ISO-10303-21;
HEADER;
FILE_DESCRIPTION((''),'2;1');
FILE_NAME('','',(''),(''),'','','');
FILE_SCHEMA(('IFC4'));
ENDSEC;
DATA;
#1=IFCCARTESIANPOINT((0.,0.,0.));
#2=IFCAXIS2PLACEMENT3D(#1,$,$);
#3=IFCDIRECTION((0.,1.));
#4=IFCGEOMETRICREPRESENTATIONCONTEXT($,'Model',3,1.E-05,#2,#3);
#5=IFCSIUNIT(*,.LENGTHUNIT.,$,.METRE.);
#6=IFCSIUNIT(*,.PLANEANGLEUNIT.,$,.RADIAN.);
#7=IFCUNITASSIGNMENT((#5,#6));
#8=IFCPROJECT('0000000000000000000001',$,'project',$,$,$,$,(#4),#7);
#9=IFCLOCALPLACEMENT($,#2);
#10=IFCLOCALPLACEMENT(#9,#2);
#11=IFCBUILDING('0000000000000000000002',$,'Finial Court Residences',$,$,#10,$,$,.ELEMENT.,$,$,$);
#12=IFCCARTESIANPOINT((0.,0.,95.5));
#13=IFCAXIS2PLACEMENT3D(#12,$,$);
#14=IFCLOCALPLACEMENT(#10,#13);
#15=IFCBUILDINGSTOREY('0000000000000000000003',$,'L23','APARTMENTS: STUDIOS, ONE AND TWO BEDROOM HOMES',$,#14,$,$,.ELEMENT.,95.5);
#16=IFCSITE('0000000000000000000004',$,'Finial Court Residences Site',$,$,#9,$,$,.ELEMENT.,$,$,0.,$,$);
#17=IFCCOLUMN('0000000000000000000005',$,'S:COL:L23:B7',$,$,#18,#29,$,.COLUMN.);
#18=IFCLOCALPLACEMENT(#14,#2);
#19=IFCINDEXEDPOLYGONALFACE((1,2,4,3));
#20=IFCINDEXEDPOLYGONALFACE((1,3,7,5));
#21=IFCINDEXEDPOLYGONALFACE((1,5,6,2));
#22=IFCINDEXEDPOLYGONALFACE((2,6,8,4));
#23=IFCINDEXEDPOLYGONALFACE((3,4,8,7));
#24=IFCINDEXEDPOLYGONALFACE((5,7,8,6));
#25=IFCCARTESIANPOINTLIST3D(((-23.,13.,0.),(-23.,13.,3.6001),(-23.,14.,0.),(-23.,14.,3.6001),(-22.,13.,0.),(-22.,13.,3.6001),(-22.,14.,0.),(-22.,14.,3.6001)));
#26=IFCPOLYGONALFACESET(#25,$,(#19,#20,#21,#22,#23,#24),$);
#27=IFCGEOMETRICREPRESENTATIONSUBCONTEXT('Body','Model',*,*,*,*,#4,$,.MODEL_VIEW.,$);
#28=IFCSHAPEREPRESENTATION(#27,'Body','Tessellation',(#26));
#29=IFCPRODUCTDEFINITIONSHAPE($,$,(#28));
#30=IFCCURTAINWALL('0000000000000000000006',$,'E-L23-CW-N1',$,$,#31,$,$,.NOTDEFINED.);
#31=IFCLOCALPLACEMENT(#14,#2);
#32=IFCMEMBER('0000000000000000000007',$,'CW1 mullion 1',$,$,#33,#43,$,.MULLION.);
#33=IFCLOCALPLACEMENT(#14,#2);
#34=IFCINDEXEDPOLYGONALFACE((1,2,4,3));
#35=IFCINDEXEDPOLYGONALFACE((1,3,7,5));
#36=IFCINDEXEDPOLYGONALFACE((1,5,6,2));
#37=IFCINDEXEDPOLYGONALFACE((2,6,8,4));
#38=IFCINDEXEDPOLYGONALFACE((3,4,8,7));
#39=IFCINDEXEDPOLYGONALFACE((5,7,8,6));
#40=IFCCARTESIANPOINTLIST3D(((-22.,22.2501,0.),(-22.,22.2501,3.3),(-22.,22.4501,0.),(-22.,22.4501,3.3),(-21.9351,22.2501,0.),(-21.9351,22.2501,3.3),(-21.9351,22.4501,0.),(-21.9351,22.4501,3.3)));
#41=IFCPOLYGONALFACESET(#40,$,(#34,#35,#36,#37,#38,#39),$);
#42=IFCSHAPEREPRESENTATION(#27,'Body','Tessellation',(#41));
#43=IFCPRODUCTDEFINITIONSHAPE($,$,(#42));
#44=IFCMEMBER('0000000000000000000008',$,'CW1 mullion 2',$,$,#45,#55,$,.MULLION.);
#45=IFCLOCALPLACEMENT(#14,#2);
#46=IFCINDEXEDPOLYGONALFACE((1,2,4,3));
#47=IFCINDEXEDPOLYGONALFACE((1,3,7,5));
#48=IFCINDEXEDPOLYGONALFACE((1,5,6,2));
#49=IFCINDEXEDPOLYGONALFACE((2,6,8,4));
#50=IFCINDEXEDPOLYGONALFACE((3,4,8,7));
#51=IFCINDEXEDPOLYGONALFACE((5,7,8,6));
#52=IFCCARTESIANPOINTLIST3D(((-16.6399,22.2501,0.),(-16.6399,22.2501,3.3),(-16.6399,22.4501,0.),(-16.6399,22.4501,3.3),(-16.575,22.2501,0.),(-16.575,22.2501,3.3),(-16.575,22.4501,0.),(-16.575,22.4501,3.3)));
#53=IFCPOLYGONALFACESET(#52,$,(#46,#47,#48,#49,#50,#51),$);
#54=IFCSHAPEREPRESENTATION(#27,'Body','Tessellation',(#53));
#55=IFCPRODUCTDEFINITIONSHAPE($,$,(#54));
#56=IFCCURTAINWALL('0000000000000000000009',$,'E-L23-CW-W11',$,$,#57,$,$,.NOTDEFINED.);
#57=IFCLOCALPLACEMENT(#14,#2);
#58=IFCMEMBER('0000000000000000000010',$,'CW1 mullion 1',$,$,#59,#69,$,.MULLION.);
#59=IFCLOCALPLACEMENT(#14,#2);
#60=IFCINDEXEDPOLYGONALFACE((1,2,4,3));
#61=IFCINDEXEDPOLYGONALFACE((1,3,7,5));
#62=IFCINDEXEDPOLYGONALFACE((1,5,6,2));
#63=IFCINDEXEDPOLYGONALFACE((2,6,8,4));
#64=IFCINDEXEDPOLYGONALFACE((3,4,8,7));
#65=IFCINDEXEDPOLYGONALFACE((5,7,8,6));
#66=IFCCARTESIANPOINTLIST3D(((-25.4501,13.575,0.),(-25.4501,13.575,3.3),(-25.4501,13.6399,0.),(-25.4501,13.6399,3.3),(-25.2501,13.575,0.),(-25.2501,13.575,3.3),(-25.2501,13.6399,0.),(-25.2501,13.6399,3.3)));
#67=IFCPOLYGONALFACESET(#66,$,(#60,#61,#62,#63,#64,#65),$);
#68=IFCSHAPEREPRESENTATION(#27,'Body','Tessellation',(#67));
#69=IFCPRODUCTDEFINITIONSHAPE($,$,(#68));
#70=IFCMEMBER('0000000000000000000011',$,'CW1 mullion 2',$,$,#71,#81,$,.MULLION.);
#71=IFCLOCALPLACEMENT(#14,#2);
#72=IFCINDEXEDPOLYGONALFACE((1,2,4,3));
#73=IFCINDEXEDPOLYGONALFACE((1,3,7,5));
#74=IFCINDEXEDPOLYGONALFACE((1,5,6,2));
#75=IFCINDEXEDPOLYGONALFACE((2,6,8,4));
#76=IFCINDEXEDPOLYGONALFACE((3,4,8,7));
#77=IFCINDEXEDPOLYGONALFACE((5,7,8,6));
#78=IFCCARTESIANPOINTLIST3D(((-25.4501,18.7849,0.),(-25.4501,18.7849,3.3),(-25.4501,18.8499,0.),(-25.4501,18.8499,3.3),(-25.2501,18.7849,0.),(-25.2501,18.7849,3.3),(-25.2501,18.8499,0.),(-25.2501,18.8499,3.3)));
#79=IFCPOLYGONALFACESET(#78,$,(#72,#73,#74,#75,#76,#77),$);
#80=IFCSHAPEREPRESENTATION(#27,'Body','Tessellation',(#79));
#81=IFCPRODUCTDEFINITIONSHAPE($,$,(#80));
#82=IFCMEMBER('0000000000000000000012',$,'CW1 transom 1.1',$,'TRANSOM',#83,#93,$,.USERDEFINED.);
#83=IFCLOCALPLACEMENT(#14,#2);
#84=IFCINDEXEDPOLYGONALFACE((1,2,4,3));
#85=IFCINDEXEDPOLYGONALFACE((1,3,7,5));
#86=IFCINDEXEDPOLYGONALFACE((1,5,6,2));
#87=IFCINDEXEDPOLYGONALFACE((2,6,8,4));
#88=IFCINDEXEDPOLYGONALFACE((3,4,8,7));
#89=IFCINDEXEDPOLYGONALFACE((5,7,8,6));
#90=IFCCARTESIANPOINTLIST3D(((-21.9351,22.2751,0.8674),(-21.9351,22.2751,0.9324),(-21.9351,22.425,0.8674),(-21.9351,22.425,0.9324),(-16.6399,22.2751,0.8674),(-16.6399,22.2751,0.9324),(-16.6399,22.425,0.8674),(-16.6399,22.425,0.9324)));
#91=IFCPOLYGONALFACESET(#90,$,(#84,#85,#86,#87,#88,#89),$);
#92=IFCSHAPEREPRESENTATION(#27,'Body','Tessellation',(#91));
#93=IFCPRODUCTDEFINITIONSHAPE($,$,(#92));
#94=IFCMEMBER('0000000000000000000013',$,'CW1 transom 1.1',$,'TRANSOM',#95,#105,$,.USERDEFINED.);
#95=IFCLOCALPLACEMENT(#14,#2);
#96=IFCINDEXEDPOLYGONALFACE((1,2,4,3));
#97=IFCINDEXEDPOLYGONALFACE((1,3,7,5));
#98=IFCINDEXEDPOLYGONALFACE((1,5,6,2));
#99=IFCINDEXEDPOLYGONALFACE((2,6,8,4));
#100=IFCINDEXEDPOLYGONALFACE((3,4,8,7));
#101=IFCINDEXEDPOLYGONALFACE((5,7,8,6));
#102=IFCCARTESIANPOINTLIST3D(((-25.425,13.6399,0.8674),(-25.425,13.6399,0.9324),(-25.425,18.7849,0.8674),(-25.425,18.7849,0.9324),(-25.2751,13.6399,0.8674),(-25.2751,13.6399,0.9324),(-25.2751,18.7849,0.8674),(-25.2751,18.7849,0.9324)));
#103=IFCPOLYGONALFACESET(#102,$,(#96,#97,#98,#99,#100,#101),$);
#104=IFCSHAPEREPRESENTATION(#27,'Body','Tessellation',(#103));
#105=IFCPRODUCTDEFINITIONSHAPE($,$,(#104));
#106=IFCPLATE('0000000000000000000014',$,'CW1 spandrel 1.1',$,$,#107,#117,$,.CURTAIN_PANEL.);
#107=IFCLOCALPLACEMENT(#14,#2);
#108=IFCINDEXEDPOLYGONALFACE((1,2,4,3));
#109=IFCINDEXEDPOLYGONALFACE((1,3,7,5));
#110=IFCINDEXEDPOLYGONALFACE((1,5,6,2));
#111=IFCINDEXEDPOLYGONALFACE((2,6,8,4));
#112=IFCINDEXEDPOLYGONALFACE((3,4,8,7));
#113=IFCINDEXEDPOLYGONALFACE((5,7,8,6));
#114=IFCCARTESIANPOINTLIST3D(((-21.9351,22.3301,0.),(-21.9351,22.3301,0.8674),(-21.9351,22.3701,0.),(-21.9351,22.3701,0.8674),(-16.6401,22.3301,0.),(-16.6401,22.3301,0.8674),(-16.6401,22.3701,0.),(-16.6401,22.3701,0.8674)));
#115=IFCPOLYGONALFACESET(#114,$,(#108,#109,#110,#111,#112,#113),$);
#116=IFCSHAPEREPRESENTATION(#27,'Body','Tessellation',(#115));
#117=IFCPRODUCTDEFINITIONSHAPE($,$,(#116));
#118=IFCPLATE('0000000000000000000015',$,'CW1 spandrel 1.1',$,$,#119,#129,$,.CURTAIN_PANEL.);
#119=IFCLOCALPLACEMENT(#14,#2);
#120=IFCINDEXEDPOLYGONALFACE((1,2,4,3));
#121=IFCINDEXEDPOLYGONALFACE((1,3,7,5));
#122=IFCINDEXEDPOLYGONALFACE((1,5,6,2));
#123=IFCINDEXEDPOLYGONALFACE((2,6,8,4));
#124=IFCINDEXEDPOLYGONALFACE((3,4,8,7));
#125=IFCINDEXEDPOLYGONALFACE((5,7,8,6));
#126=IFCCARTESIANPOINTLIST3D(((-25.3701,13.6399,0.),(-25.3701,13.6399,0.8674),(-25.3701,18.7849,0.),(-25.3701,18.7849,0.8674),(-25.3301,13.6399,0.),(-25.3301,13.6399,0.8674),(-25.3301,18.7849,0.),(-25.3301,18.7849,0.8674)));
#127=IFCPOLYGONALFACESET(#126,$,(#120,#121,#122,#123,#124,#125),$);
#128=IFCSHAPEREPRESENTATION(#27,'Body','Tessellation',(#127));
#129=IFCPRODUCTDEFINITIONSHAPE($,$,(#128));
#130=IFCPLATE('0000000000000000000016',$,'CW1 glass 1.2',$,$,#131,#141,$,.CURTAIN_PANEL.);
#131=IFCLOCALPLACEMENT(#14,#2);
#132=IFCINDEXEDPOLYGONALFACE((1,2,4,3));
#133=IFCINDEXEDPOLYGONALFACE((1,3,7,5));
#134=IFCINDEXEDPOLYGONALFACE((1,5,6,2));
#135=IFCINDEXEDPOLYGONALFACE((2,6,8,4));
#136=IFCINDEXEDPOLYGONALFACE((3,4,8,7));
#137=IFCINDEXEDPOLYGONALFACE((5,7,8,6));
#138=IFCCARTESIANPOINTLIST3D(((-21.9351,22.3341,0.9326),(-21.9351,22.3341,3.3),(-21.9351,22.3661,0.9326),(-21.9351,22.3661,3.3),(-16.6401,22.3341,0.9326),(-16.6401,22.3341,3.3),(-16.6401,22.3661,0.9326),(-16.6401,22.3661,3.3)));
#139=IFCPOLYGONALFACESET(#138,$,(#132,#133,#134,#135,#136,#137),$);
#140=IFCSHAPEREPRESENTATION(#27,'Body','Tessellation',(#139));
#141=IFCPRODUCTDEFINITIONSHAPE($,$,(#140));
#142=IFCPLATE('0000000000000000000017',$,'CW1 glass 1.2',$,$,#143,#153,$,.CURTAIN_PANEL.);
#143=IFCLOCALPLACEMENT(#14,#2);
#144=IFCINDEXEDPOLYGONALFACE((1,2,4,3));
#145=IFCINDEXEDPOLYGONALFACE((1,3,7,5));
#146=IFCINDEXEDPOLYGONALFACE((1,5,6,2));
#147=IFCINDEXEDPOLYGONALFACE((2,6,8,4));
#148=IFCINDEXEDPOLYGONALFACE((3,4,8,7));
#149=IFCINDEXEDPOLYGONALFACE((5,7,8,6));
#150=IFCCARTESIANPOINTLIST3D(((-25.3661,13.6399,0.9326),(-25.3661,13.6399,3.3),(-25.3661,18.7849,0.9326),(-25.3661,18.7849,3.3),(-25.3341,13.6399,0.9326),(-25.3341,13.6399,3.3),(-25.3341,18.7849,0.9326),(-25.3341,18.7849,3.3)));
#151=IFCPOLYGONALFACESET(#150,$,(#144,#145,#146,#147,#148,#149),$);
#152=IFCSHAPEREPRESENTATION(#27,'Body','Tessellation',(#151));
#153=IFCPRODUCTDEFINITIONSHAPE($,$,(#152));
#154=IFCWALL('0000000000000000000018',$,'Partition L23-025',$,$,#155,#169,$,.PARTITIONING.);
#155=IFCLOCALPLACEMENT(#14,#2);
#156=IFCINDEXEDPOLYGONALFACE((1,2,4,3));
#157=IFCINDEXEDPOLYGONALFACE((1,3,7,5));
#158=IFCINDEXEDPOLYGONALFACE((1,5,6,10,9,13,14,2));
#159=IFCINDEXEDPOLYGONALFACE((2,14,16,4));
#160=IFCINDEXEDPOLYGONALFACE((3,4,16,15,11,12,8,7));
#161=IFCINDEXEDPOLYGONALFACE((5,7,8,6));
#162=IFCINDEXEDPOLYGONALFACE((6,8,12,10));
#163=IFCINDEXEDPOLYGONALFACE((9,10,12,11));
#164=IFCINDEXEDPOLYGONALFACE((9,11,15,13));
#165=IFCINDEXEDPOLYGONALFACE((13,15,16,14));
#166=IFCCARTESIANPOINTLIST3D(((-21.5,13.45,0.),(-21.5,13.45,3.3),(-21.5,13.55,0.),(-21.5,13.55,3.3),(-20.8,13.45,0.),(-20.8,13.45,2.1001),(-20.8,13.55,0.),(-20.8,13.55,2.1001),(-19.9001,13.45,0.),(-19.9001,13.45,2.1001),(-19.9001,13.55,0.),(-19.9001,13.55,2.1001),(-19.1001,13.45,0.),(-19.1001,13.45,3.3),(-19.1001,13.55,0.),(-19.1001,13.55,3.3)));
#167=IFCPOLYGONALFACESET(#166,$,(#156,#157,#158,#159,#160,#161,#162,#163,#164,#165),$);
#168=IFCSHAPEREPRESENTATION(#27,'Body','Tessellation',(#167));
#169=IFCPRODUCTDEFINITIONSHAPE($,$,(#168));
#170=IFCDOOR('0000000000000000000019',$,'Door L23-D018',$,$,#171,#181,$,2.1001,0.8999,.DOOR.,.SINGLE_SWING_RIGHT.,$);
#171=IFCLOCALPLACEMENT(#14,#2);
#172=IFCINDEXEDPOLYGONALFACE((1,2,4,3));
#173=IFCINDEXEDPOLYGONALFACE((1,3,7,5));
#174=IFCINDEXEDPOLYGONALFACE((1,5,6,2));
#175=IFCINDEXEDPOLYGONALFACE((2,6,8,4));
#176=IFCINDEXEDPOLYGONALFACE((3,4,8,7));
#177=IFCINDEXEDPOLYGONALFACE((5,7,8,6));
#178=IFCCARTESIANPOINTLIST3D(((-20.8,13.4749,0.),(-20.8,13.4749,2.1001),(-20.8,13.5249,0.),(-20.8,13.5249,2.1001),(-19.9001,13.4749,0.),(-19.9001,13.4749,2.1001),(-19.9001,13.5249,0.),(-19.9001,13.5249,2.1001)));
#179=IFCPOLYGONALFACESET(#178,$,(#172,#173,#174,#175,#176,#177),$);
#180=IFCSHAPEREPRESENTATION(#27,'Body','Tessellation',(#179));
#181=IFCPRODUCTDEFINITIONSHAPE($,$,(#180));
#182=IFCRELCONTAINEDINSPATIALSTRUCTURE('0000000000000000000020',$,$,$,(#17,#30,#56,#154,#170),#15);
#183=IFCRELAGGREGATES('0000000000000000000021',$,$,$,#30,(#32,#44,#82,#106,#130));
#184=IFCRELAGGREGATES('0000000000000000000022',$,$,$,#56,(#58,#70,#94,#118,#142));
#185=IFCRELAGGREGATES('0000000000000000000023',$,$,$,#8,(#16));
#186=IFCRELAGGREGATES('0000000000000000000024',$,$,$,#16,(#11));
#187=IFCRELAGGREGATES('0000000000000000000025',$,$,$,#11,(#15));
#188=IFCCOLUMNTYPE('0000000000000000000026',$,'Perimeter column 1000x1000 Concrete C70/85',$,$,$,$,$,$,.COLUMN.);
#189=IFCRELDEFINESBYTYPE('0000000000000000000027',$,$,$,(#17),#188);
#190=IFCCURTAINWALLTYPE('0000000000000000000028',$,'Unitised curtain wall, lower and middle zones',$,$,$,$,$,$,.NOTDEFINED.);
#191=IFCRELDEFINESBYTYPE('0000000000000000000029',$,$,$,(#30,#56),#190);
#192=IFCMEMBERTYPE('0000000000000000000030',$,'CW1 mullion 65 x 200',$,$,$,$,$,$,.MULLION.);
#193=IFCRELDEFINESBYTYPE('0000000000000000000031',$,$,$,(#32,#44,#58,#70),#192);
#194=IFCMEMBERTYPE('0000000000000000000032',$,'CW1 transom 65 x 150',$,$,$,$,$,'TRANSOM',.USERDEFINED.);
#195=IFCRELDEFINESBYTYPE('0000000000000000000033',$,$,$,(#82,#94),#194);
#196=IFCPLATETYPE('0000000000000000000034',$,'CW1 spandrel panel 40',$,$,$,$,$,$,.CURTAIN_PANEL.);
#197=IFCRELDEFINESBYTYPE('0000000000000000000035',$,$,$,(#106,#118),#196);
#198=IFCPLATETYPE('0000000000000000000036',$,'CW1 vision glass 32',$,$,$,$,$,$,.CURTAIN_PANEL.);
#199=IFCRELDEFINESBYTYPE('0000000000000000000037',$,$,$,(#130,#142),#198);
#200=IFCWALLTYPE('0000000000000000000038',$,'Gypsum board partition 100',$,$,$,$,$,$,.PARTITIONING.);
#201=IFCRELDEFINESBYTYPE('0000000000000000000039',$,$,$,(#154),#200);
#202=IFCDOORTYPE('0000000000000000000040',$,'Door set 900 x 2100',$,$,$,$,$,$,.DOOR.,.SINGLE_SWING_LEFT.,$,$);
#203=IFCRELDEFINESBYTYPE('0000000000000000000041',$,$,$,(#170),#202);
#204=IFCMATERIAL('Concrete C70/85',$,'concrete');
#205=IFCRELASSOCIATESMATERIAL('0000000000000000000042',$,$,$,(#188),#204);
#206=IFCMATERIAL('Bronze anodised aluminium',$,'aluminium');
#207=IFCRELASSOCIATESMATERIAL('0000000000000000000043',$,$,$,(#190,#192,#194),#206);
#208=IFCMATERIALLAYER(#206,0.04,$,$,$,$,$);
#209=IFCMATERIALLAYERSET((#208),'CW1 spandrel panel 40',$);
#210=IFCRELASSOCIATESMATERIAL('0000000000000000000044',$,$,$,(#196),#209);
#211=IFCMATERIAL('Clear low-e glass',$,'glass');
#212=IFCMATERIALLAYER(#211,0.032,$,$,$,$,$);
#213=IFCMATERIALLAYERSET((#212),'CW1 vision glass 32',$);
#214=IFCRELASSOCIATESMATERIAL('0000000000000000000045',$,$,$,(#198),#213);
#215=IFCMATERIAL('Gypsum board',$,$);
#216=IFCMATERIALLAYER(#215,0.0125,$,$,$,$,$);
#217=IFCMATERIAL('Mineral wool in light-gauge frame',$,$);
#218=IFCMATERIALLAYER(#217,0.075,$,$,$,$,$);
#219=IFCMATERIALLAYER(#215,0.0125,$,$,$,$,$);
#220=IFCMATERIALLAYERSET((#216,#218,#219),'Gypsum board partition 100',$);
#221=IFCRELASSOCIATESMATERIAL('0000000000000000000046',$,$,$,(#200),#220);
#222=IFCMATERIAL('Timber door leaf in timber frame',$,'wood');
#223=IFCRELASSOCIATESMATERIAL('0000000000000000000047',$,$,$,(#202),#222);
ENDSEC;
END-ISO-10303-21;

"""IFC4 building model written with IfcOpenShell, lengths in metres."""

from ifc_helpers import new_model, si_unit, direction, frame, frame_2d, origin, origin_2d, place, context, subcontext, project, spatial, rectangle, extrude, material, layer, layer_set, material_profile, profile_set, type_object, element, fill, aggregate, save


model = new_model("IFC4")

# Units and contexts
model_context = context("Model", 3, precision=1e-05, world=origin(), true_north=direction((0.0, 1.0)))
body_context = subcontext(model_context, "Body", "Model", "MODEL_VIEW")
ifc_project = project(units=[si_unit("LENGTHUNIT", "METRE"), si_unit("PLANEANGLEUNIT", "RADIAN")], contexts=[model_context])

# Site, building, storey
site_placement = place(None, origin())
site = spatial("IfcSite", under=ifc_project, at=site_placement, Name="Finial Court Residences Site", CompositionType="ELEMENT", RefElevation=0.0)
building_placement = place(site_placement, origin())
building = spatial("IfcBuilding", under=site, at=building_placement, Name="Finial Court Residences", CompositionType="ELEMENT")
storey_placement = place(building_placement, frame((0.0, 0.0, 95.5)))
storey = spatial("IfcBuildingStorey", under=building, at=storey_placement, Name="L23", Description="APARTMENTS: STUDIOS, ONE AND TWO BEDROOM HOMES", CompositionType="ELEMENT", Elevation=95.5)

# Column
ifc_material_1 = material(Name="Concrete C70/85", Category="concrete")
ifc_material_profile_1 = material_profile(ifc_material_1, rectangle(XDim=1.0, YDim=1.0, at=origin_2d()), Name="1000x1000")
ifc_profile_set_1 = profile_set([ifc_material_profile_1], Name="Concrete C70/85")
column_type = type_object("IfcColumnType", Name="Perimeter column 1000x1000 Concrete C70/85", PredefinedType="COLUMN", material=ifc_profile_set_1)
column_placement = place(storey_placement, frame((-22.5, 13.5, 0.0), z_axis=(0.0, 0.0, 1.0), x_axis=(1.0, 0.0, 0.0)))
element("IfcColumn", 1, at=column_placement, inside=storey, type_object=column_type, Name="S:COL:L23:B7", PredefinedType="COLUMN", context=body_context, shape_type="SweptSolid", body=[
    extrude(rectangle(XDim=1.0, YDim=1.0, at=origin_2d()), origin(), (0.0, 0.0, 1.0), 3.6001),
])

# Curtain walls, members
ifc_material_2 = material(Name="Bronze anodised aluminium", Category="aluminium")
curtain_wall_type = type_object("IfcCurtainWallType", Name="Unitised curtain wall, lower and middle zones", PredefinedType="NOTDEFINED", material=ifc_material_2)
curtain_wall_1_placement = place(storey_placement, origin())
curtain_wall_1 = element("IfcCurtainWall", 2, at=curtain_wall_1_placement, inside=storey, type_object=curtain_wall_type, Name="E-L23-CW-N1", PredefinedType="NOTDEFINED")
ifc_material_profile_2 = material_profile(ifc_material_2, rectangle(XDim=0.2, YDim=0.0649, at=origin_2d()), Name="CW1 mullion 65 x 200")
ifc_profile_set_2 = profile_set([ifc_material_profile_2], Name="Bronze anodised aluminium")
member_type_1 = type_object("IfcMemberType", Name="CW1 mullion 65 x 200", PredefinedType="MULLION", material=ifc_profile_set_2)
member_1_placement = place(storey_placement, frame((-21.9675, 22.3501, 0.0), z_axis=(0.0, 0.0, 1.0), x_axis=(0.0, 1.0, 0.0)))
member_1 = element("IfcMember", 3, at=member_1_placement, type_object=member_type_1, Name="CW1 mullion 1", PredefinedType="MULLION", context=body_context, shape_type="SweptSolid", body=[
    extrude(rectangle(XDim=0.2, YDim=0.0649, at=origin_2d()), origin(), (0.0, 0.0, 1.0), 3.3),
])
member_2_placement = place(storey_placement, frame((-16.6074, 22.3501, 0.0), z_axis=(0.0, 0.0, 1.0), x_axis=(0.0, 1.0, 0.0)))
member_2 = element("IfcMember", 4, at=member_2_placement, type_object=member_type_1, Name="CW1 mullion 2", PredefinedType="MULLION", context=body_context, shape_type="SweptSolid", body=[
    extrude(rectangle(XDim=0.2, YDim=0.0649, at=origin_2d()), origin(), (0.0, 0.0, 1.0), 3.3),
])
curtain_wall_2_placement = place(storey_placement, origin())
curtain_wall_2 = element("IfcCurtainWall", 5, at=curtain_wall_2_placement, inside=storey, type_object=curtain_wall_type, Name="E-L23-CW-W11", PredefinedType="NOTDEFINED")
member_3_placement = place(storey_placement, frame((-25.3501, 13.6074, 0.0), z_axis=(0.0, 0.0, 1.0), x_axis=(-1.0, 0.0, 0.0)))
member_3 = element("IfcMember", 6, at=member_3_placement, type_object=member_type_1, Name="CW1 mullion 1", PredefinedType="MULLION", context=body_context, shape_type="SweptSolid", body=[
    extrude(rectangle(XDim=0.2, YDim=0.0649, at=origin_2d()), origin(), (0.0, 0.0, 1.0), 3.3),
])
member_4_placement = place(storey_placement, frame((-25.3501, 18.8174, 0.0), z_axis=(0.0, 0.0, 1.0), x_axis=(-1.0, 0.0, 0.0)))
member_4 = element("IfcMember", 7, at=member_4_placement, type_object=member_type_1, Name="CW1 mullion 2", PredefinedType="MULLION", context=body_context, shape_type="SweptSolid", body=[
    extrude(rectangle(XDim=0.2, YDim=0.0649, at=origin_2d()), origin(), (0.0, 0.0, 1.0), 3.3),
])

# Members
ifc_material_profile_3 = material_profile(ifc_material_2, rectangle(XDim=0.1499, YDim=0.0649, at=origin_2d()), Name="CW1 transom 65 x 150")
ifc_profile_set_3 = profile_set([ifc_material_profile_3], Name="Bronze anodised aluminium")
member_type_2 = type_object("IfcMemberType", Name="CW1 transom 65 x 150", ElementType="TRANSOM", PredefinedType="USERDEFINED", material=ifc_profile_set_3)
member_5_placement = place(storey_placement, frame((-21.9351, 22.3501, 0.8999), z_axis=(1.0, 0.0, 0.0), x_axis=(0.0, 1.0, 0.0)))
member_5 = element("IfcMember", 8, at=member_5_placement, type_object=member_type_2, Name="CW1 transom 1.1", ObjectType="TRANSOM", PredefinedType="USERDEFINED", context=body_context, shape_type="SweptSolid", body=[
    extrude(rectangle(XDim=0.1499, YDim=0.0649, at=origin_2d()), origin(), (0.0, 0.0, 1.0), 5.2952),
])
member_6_placement = place(storey_placement, frame((-25.3501, 13.6399, 0.8999), z_axis=(0.0, 1.0, 0.0), x_axis=(-1.0, 0.0, 0.0)))
member_6 = element("IfcMember", 9, at=member_6_placement, type_object=member_type_2, Name="CW1 transom 1.1", ObjectType="TRANSOM", PredefinedType="USERDEFINED", context=body_context, shape_type="SweptSolid", body=[
    extrude(rectangle(XDim=0.1499, YDim=0.0649, at=origin_2d()), origin(), (0.0, 0.0, 1.0), 5.145),
])

# Plates
ifc_layer_1 = layer(ifc_material_2, 0.04)
ifc_layer_set_1 = layer_set([ifc_layer_1], Name="CW1 spandrel panel 40")
plate_type_1 = type_object("IfcPlateType", Name="CW1 spandrel panel 40", PredefinedType="CURTAIN_PANEL", material=ifc_layer_set_1)
plate_1_placement = place(storey_placement, frame((-19.2876, 22.3501, 0.0), z_axis=(0.0, 0.0, 1.0), x_axis=(1.0, 0.0, 0.0)))
plate_1 = element("IfcPlate", 10, at=plate_1_placement, type_object=plate_type_1, Name="CW1 spandrel 1.1", PredefinedType="CURTAIN_PANEL", context=body_context, shape_type="SweptSolid", body=[
    extrude(rectangle(XDim=5.2949, YDim=0.04, at=origin_2d()), origin(), (0.0, 0.0, 1.0), 0.8674),
])
plate_2_placement = place(storey_placement, frame((-25.3501, 16.2124, 0.0), z_axis=(0.0, 0.0, 1.0), x_axis=(0.0, 1.0, 0.0)))
plate_2 = element("IfcPlate", 11, at=plate_2_placement, type_object=plate_type_1, Name="CW1 spandrel 1.1", PredefinedType="CURTAIN_PANEL", context=body_context, shape_type="SweptSolid", body=[
    extrude(rectangle(XDim=5.145, YDim=0.04, at=origin_2d()), origin(), (0.0, 0.0, 1.0), 0.8674),
])
ifc_material_3 = material(Name="Clear low-e glass", Category="glass")
ifc_layer_2 = layer(ifc_material_3, 0.032)
ifc_layer_set_2 = layer_set([ifc_layer_2], Name="CW1 vision glass 32")
plate_type_2 = type_object("IfcPlateType", Name="CW1 vision glass 32", PredefinedType="CURTAIN_PANEL", material=ifc_layer_set_2)
plate_3_placement = place(storey_placement, frame((-19.2876, 22.3501, 0.9326), z_axis=(0.0, 0.0, 1.0), x_axis=(1.0, 0.0, 0.0)))
plate_3 = element("IfcPlate", 12, at=plate_3_placement, type_object=plate_type_2, Name="CW1 glass 1.2", PredefinedType="CURTAIN_PANEL", context=body_context, shape_type="SweptSolid", body=[
    extrude(rectangle(XDim=5.2949, YDim=0.032, at=origin_2d()), origin(), (0.0, 0.0, 1.0), 2.3674),
])
aggregate(curtain_wall_1, [member_1, member_2, member_5, plate_1, plate_3])
plate_4_placement = place(storey_placement, frame((-25.3501, 16.2124, 0.9326), z_axis=(0.0, 0.0, 1.0), x_axis=(0.0, 1.0, 0.0)))
plate_4 = element("IfcPlate", 13, at=plate_4_placement, type_object=plate_type_2, Name="CW1 glass 1.2", PredefinedType="CURTAIN_PANEL", context=body_context, shape_type="SweptSolid", body=[
    extrude(rectangle(XDim=5.145, YDim=0.032, at=origin_2d()), origin(), (0.0, 0.0, 1.0), 2.3674),
])
aggregate(curtain_wall_2, [member_3, member_4, member_6, plate_2, plate_4])

# Wall, opening, door
ifc_material_4 = material(Name="Gypsum board")
ifc_layer_3 = layer(ifc_material_4, 0.0125)
ifc_material_5 = material(Name="Mineral wool in light-gauge frame")
ifc_layer_4 = layer(ifc_material_5, 0.075)
ifc_layer_5 = layer(ifc_material_4, 0.0125)
ifc_layer_set_3 = layer_set([ifc_layer_3, ifc_layer_4, ifc_layer_5], Name="Gypsum board partition 100")
wall_type_1 = type_object("IfcWallType", Name="Gypsum board partition 100", PredefinedType="PARTITIONING", material=ifc_layer_set_3)
wall_1_placement = place(storey_placement, frame((-21.5, 13.5, 0.0), z_axis=(0.0, 0.0, 1.0), x_axis=(1.0, 0.0, 0.0)))
wall_1 = element("IfcWall", 14, at=wall_1_placement, inside=storey, type_object=wall_type_1, Name="Partition L23-025", PredefinedType="PARTITIONING", context=body_context, shape_type="SweptSolid", body=[
    extrude(rectangle(XDim=2.3999, YDim=0.1001, at=frame_2d((1.2, 0.0))), origin(), (0.0, 0.0, 1.0), 3.3),
])
opening_1_placement = place(wall_1_placement, frame((0.7, 0.0, 0.0)))
opening_1 = element("IfcOpeningElement", 15, at=opening_1_placement, cuts=wall_1, PredefinedType="OPENING", context=body_context, shape_type="SweptSolid", body=[
    extrude(rectangle(XDim=0.8999, YDim=2.1001, at=frame_2d((0.45, 1.05))), frame((0.0, 0.0601, 0.0), z_axis=(0.0, -1.0, 0.0), x_axis=(1.0, 0.0, 0.0)), (0.0, 0.0, 1.0), 0.1201),
])
ifc_material_6 = material(Name="Timber door leaf in timber frame", Category="wood")
door_type = type_object("IfcDoorType", Name="Door set 900 x 2100", OperationType="SINGLE_SWING_LEFT", PredefinedType="DOOR", material=ifc_material_6)
door_placement = place(opening_1_placement, origin())
door = element("IfcDoor", 16, at=door_placement, inside=storey, type_object=door_type, Name="Door L23-D018", OperationType="SINGLE_SWING_RIGHT", OverallHeight=2.1001, OverallWidth=0.8999, PredefinedType="DOOR", context=body_context, shape_type="SweptSolid", body=[
    extrude(rectangle(XDim=0.8999, YDim=2.1001, at=frame_2d((0.45, 1.05))), frame((0.0, 0.0249, 0.0), z_axis=(0.0, -1.0, 0.0), x_axis=(1.0, 0.0, 0.0)), (0.0, 0.0, 1.0), 0.05),
])
fill(opening_1, door)

save(model, "model.ifc")
